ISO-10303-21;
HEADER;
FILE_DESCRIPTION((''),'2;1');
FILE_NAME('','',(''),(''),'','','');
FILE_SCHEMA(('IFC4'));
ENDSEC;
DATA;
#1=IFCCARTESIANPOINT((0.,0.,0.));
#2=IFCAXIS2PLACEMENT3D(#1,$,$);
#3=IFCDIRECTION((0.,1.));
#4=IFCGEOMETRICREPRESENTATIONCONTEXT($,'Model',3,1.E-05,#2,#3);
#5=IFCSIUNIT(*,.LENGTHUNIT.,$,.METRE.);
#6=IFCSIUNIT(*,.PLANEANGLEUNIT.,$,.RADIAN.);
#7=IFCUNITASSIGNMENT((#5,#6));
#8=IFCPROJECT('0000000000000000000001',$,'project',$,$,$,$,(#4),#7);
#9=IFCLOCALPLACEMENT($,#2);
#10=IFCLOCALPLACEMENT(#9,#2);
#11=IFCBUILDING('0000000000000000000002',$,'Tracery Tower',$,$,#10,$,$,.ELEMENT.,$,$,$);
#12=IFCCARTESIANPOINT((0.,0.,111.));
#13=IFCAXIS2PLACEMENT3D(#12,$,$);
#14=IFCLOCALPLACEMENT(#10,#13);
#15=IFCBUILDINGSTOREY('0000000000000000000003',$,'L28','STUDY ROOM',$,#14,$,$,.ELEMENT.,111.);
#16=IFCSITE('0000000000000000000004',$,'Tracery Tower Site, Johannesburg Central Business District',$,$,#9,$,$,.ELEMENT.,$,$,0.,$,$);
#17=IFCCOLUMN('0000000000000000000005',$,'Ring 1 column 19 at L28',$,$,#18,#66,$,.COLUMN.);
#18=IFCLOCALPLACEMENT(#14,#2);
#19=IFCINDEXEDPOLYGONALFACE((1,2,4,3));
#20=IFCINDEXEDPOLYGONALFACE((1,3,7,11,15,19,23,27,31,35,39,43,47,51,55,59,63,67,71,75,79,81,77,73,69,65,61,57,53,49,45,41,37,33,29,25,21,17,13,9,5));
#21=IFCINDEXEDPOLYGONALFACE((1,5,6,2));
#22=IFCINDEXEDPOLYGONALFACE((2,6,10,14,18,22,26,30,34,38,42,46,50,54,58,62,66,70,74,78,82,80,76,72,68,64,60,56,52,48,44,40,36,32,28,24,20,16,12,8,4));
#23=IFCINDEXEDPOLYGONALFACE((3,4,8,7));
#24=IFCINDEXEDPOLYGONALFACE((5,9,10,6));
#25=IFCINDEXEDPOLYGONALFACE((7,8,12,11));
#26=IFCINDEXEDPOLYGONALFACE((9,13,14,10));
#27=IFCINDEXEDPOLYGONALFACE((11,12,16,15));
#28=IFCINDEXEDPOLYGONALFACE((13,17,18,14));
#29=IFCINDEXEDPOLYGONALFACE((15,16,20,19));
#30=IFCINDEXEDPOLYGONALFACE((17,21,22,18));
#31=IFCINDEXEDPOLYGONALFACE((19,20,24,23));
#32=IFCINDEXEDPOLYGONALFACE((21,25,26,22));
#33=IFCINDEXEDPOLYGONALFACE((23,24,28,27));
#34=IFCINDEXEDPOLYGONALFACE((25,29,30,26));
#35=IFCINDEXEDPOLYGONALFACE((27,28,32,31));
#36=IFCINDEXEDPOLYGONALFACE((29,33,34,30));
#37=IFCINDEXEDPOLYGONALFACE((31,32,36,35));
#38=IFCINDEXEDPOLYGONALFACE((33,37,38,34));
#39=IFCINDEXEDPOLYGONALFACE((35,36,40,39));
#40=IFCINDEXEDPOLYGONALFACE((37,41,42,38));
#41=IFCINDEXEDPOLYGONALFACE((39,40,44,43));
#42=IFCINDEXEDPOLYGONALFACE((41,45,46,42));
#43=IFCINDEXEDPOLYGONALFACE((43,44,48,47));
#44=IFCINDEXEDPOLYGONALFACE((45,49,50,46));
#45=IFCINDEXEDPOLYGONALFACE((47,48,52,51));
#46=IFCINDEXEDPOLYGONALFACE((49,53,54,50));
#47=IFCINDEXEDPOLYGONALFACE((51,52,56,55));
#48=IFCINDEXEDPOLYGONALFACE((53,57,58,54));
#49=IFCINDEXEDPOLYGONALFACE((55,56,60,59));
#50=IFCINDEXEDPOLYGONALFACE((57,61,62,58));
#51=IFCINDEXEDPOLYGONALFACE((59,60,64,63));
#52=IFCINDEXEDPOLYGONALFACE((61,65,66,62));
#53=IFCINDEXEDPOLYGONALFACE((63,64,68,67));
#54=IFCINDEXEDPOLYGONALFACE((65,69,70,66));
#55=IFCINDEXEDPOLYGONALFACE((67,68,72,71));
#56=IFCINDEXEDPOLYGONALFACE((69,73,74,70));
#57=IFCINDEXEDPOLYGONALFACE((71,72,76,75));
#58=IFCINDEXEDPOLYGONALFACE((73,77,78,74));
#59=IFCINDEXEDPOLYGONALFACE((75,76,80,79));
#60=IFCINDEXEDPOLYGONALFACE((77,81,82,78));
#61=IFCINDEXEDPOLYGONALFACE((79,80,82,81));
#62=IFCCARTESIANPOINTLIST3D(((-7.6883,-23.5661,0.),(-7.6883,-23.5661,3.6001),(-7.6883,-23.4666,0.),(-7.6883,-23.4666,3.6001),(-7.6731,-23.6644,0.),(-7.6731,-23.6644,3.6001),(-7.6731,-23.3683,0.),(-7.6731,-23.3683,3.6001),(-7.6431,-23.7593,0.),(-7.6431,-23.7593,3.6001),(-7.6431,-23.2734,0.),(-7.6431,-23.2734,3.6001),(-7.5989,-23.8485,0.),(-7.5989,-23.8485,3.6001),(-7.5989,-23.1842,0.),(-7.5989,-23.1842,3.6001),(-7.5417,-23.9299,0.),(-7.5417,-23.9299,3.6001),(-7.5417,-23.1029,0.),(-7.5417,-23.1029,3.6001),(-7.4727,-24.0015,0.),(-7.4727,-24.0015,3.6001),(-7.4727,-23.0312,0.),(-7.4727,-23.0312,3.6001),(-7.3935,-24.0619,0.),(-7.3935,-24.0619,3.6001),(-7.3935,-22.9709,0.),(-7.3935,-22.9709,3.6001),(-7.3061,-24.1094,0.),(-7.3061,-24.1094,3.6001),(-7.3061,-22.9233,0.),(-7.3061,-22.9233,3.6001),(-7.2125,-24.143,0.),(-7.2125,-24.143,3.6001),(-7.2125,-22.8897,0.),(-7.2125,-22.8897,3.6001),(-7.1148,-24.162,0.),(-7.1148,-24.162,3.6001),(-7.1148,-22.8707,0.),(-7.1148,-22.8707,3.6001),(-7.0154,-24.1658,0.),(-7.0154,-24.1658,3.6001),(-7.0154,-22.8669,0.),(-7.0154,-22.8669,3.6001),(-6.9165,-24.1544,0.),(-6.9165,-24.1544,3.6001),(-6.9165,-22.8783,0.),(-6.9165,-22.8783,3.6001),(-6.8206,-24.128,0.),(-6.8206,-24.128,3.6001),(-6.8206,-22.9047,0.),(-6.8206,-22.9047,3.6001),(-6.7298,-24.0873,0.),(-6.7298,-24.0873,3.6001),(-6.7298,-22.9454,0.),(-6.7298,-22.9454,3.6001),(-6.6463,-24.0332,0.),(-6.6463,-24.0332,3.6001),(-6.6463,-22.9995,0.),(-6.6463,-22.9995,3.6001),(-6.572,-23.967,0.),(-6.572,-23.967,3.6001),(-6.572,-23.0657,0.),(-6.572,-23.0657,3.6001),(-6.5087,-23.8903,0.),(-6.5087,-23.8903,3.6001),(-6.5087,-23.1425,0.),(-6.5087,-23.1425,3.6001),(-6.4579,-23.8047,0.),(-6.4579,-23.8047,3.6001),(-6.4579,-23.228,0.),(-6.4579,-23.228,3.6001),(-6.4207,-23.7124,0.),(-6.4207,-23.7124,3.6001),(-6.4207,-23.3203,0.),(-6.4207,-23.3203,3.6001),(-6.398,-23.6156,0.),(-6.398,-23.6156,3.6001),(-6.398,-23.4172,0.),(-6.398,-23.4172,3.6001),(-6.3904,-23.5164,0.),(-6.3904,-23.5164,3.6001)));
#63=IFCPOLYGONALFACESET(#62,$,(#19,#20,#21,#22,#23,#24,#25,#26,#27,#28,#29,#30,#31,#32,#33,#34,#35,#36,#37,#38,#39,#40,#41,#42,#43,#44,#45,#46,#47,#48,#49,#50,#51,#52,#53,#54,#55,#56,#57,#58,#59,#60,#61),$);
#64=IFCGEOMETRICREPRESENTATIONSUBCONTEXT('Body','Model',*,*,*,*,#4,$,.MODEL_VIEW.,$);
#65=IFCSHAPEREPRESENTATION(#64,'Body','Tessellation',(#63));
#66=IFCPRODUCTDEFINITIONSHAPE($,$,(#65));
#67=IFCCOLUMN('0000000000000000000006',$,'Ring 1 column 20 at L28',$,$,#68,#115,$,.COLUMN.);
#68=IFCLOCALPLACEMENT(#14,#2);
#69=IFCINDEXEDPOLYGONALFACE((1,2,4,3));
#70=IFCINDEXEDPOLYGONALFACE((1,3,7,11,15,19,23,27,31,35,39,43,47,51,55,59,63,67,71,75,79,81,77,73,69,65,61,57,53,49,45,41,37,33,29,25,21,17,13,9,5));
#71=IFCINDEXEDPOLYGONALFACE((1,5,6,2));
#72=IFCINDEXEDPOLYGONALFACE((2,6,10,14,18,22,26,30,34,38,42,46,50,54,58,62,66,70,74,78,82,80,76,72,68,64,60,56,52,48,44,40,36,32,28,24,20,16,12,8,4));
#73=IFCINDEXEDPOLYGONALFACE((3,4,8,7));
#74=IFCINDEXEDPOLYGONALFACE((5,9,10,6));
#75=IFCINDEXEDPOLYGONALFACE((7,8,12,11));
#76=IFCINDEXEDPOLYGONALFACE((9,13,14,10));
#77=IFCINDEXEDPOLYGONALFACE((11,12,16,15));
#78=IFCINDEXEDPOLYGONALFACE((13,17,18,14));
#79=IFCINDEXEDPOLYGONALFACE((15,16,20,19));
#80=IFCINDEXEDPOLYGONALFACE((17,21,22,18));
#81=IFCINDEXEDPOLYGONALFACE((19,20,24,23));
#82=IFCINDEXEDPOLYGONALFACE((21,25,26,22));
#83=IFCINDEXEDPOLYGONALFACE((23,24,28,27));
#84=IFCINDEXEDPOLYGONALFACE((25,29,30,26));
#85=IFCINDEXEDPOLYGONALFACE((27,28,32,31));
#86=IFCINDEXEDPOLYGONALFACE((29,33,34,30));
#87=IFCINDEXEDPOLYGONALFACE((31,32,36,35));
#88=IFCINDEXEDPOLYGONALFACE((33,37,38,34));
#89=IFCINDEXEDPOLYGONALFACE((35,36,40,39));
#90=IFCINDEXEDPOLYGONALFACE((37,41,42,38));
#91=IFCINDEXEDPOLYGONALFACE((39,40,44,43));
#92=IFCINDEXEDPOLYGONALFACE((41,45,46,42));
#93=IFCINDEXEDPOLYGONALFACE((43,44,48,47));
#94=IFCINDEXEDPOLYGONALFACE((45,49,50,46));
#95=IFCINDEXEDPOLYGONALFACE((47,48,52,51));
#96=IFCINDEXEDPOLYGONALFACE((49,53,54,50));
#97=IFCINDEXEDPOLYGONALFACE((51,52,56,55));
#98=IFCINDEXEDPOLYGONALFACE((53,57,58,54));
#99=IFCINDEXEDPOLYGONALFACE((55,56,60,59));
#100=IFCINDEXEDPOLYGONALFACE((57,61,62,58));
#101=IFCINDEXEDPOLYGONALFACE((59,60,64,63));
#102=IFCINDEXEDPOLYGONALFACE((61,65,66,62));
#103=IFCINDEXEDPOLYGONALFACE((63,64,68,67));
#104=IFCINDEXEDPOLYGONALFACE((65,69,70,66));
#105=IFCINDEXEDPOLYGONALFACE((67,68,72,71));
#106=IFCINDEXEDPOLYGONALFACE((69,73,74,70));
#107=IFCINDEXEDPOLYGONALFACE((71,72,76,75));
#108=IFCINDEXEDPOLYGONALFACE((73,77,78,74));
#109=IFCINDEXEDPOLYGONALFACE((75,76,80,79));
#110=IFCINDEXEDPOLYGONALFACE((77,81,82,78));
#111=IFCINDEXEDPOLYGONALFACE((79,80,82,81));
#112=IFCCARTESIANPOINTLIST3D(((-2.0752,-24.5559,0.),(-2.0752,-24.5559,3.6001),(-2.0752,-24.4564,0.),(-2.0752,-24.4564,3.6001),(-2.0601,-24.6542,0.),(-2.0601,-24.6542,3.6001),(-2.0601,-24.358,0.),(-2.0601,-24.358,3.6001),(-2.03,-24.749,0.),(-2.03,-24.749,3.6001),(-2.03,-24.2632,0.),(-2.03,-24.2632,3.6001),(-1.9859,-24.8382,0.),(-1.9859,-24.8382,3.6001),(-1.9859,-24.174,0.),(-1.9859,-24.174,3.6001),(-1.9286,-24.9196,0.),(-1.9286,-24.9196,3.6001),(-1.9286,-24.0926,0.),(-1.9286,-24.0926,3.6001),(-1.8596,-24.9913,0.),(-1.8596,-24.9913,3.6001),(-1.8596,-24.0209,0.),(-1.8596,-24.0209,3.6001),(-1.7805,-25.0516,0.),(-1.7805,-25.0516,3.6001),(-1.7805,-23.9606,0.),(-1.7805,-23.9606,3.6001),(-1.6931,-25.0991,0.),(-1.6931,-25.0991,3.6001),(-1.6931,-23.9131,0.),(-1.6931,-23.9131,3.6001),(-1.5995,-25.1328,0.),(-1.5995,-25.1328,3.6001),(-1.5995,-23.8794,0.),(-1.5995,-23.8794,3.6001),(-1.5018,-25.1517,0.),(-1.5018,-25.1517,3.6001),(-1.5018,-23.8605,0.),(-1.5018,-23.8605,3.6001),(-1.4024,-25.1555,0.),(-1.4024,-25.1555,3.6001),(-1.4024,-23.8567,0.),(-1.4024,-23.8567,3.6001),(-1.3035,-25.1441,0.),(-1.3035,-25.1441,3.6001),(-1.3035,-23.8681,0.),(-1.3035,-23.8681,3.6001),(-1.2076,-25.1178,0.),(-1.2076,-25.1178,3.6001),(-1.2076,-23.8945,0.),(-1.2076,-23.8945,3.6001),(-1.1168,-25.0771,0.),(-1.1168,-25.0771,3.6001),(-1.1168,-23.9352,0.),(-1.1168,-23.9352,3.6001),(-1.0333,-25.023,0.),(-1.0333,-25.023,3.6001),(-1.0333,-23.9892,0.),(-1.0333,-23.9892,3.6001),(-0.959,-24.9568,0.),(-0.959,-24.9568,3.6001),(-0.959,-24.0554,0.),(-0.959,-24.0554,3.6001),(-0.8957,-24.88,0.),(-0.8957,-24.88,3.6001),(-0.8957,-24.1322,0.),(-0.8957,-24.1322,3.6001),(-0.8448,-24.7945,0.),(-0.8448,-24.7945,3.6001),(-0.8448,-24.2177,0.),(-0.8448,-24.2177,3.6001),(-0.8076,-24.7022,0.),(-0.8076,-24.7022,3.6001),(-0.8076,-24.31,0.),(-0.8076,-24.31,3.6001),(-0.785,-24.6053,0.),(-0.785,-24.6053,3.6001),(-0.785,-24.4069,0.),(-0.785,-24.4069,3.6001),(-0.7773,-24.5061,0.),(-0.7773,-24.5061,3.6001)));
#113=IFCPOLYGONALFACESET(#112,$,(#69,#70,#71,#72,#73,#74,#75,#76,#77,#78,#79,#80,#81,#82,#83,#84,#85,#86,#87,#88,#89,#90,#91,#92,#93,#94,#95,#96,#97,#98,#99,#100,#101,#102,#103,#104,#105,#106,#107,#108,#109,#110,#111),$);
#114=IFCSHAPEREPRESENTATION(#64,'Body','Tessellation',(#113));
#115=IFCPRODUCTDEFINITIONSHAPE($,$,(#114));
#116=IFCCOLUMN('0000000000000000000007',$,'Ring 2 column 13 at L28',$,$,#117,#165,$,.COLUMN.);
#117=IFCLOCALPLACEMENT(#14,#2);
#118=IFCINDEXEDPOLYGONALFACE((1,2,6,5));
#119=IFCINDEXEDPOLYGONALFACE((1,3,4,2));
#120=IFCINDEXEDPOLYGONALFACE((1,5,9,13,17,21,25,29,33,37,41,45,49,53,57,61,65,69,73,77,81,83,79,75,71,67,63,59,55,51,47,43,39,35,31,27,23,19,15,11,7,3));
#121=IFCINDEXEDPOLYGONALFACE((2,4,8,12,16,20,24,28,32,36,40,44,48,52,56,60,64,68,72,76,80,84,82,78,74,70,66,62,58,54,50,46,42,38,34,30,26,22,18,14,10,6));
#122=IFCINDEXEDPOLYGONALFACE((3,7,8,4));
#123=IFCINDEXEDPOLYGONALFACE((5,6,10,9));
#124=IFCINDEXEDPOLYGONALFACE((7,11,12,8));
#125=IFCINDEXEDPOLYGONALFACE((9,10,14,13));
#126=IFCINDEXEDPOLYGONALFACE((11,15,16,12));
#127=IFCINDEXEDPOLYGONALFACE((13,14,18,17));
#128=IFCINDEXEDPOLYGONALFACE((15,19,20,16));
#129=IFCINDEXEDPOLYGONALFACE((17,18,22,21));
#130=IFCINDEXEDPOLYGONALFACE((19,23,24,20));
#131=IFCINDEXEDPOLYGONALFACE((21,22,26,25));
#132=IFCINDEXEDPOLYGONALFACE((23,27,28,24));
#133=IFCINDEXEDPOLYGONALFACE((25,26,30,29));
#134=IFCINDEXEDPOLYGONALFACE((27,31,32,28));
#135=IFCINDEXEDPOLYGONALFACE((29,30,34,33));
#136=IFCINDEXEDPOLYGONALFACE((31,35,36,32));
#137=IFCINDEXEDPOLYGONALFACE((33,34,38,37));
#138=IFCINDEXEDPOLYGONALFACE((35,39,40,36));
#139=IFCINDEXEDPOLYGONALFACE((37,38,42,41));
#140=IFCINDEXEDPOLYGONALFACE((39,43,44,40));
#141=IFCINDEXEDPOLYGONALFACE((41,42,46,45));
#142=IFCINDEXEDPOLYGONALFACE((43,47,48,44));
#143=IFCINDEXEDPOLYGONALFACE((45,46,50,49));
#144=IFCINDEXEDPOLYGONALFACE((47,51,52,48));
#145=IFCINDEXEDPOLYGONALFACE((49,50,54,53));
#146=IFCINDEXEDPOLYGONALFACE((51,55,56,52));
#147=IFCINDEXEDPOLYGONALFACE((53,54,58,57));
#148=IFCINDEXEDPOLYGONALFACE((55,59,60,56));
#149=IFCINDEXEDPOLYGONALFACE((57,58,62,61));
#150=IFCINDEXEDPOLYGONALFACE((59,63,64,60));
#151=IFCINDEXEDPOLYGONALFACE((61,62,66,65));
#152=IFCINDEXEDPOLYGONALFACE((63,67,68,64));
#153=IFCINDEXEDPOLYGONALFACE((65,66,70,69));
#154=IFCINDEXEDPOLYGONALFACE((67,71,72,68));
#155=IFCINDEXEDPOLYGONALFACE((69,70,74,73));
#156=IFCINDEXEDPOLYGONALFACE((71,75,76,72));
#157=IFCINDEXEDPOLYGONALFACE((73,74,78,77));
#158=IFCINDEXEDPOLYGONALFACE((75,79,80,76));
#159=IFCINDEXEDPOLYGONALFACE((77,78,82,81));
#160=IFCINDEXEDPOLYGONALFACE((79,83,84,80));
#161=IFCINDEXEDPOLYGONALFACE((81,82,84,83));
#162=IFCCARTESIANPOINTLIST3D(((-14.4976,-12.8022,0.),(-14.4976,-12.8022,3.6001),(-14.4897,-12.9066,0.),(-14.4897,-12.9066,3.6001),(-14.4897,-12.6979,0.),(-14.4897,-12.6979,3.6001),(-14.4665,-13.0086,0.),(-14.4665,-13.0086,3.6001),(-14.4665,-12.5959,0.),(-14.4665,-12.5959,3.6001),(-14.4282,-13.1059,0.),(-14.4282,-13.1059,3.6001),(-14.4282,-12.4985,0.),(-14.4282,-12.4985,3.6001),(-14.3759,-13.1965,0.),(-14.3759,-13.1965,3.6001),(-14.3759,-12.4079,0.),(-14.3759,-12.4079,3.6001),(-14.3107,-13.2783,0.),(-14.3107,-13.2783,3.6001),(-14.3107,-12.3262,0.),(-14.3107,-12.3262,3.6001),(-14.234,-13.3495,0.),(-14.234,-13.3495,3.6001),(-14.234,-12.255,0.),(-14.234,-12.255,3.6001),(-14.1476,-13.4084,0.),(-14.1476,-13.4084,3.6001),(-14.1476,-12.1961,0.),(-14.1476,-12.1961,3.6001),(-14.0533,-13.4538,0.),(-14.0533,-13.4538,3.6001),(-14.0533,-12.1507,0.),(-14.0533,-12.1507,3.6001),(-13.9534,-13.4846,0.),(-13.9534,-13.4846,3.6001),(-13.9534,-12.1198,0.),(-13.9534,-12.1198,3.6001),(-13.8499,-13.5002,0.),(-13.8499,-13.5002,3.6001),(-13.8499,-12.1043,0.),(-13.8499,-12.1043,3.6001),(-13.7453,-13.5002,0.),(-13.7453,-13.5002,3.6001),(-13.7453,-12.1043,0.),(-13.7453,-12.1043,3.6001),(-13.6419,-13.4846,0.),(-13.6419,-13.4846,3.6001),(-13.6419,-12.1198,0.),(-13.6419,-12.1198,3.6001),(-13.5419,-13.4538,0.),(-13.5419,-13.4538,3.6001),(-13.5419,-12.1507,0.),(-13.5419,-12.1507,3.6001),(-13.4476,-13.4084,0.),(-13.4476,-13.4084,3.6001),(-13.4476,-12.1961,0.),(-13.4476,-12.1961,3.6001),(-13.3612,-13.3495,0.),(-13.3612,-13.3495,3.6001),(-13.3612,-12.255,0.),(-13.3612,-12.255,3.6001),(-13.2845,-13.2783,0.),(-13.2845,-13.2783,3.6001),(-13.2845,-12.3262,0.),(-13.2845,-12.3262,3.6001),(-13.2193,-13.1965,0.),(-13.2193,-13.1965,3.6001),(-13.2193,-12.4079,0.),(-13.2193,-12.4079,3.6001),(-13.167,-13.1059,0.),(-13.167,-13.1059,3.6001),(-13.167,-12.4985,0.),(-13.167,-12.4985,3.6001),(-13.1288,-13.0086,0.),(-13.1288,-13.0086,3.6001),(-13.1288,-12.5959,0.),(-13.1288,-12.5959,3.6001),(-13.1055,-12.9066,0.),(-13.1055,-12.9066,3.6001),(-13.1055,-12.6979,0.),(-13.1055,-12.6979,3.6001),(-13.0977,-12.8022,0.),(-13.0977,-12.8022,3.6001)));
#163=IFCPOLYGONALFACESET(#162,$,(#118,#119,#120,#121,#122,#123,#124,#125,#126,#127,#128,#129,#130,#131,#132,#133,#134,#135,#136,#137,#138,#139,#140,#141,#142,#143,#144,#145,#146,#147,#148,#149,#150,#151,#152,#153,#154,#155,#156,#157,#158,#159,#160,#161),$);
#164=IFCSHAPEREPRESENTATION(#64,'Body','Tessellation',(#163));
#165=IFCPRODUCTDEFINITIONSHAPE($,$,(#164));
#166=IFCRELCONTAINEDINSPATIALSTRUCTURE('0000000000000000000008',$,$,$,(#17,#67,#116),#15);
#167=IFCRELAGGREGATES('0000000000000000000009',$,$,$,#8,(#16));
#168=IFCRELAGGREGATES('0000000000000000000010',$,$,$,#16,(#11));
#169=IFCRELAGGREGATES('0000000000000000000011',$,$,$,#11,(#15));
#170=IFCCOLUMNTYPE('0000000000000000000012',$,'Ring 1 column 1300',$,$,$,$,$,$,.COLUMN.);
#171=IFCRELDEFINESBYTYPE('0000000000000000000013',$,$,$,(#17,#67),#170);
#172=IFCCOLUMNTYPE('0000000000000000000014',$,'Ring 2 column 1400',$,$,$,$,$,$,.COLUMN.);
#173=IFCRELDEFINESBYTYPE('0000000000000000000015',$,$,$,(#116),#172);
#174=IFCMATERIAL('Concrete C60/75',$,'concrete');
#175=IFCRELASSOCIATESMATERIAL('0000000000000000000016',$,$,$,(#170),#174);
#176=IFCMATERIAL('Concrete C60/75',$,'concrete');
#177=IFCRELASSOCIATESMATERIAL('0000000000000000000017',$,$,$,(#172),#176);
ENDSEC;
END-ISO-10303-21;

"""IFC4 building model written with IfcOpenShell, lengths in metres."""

from ifc_helpers import new_model, si_unit, direction, frame, origin, origin_2d, place, context, subcontext, project, spatial, circle, extrude, material, material_profile, profile_set, type_object, element, save


model = new_model("IFC4")

# Units and contexts
model_context = context("Model", 3, precision=1e-05, world=origin(), true_north=direction((0.0, 1.0)))
body_context = subcontext(model_context, "Body", "Model", "MODEL_VIEW")
ifc_project = project(units=[si_unit("LENGTHUNIT", "METRE"), si_unit("PLANEANGLEUNIT", "RADIAN")], contexts=[model_context])

# Site, building, storey
site_placement = place(None, origin())
site = spatial("IfcSite", under=ifc_project, at=site_placement, Name="Tracery Tower Site, Johannesburg Central Business District", CompositionType="ELEMENT", RefElevation=0.0)
building_placement = place(site_placement, origin())
building = spatial("IfcBuilding", under=site, at=building_placement, Name="Tracery Tower", CompositionType="ELEMENT")
storey_placement = place(building_placement, frame((0.0, 0.0, 111.0)))
storey = spatial("IfcBuildingStorey", under=building, at=storey_placement, Name="L28", Description="STUDY ROOM", CompositionType="ELEMENT", Elevation=111.0)

# Columns
ifc_material_1 = material(Name="Concrete C60/75", Category="concrete")
ifc_material_profile_1 = material_profile(ifc_material_1, circle(Radius=0.6499, at=origin_2d()), Name="RC D1300")
ifc_profile_set_1 = profile_set([ifc_material_profile_1], Name="Concrete C60/75")
column_type_1 = type_object("IfcColumnType", Name="Ring 1 column 1300", PredefinedType="COLUMN", material=ifc_profile_set_1)
for number, where, z_axis, x_axis, name in (
    (1, (-7.0403, -23.5164, 0.0), (0.0, 0.0, 1.0), (1.0, 0.0, 0.0), "Ring 1 column 19 at L28"),
    (2, (-1.4272, -24.5061, 0.0), (0.0, 0.0, 1.0), (1.0, 0.0, 0.0), "Ring 1 column 20 at L28"),
):
    element("IfcColumn", number, at=place(storey_placement, frame(where, z_axis=z_axis, x_axis=x_axis)), inside=storey, type_object=column_type_1, Name=name, PredefinedType="COLUMN", context=body_context, shape_type="SweptSolid", body=[
        extrude(circle(Radius=0.6499, at=origin_2d()), origin(), (0.0, 0.0, 1.0), 3.6001),
    ])
ifc_material_2 = material(Name="Concrete C60/75", Category="concrete")
ifc_material_profile_2 = material_profile(ifc_material_2, circle(Radius=0.7, at=origin_2d()), Name="RC D1400")
ifc_profile_set_2 = profile_set([ifc_material_profile_2], Name="Concrete C60/75")
column_type_2 = type_object("IfcColumnType", Name="Ring 2 column 1400", PredefinedType="COLUMN", material=ifc_profile_set_2)
for number, where, z_axis, x_axis, name in (
    (3, (-13.7976, -12.8022, 0.0), (0.0, 0.0, 1.0), (1.0, 0.0, 0.0), "Ring 2 column 13 at L28"),
):
    element("IfcColumn", number, at=place(storey_placement, frame(where, z_axis=z_axis, x_axis=x_axis)), inside=storey, type_object=column_type_2, Name=name, PredefinedType="COLUMN", context=body_context, shape_type="SweptSolid", body=[
        extrude(circle(Radius=0.7, at=origin_2d()), origin(), (0.0, 0.0, 1.0), 3.6001),
    ])

save(model, "model.ifc")
